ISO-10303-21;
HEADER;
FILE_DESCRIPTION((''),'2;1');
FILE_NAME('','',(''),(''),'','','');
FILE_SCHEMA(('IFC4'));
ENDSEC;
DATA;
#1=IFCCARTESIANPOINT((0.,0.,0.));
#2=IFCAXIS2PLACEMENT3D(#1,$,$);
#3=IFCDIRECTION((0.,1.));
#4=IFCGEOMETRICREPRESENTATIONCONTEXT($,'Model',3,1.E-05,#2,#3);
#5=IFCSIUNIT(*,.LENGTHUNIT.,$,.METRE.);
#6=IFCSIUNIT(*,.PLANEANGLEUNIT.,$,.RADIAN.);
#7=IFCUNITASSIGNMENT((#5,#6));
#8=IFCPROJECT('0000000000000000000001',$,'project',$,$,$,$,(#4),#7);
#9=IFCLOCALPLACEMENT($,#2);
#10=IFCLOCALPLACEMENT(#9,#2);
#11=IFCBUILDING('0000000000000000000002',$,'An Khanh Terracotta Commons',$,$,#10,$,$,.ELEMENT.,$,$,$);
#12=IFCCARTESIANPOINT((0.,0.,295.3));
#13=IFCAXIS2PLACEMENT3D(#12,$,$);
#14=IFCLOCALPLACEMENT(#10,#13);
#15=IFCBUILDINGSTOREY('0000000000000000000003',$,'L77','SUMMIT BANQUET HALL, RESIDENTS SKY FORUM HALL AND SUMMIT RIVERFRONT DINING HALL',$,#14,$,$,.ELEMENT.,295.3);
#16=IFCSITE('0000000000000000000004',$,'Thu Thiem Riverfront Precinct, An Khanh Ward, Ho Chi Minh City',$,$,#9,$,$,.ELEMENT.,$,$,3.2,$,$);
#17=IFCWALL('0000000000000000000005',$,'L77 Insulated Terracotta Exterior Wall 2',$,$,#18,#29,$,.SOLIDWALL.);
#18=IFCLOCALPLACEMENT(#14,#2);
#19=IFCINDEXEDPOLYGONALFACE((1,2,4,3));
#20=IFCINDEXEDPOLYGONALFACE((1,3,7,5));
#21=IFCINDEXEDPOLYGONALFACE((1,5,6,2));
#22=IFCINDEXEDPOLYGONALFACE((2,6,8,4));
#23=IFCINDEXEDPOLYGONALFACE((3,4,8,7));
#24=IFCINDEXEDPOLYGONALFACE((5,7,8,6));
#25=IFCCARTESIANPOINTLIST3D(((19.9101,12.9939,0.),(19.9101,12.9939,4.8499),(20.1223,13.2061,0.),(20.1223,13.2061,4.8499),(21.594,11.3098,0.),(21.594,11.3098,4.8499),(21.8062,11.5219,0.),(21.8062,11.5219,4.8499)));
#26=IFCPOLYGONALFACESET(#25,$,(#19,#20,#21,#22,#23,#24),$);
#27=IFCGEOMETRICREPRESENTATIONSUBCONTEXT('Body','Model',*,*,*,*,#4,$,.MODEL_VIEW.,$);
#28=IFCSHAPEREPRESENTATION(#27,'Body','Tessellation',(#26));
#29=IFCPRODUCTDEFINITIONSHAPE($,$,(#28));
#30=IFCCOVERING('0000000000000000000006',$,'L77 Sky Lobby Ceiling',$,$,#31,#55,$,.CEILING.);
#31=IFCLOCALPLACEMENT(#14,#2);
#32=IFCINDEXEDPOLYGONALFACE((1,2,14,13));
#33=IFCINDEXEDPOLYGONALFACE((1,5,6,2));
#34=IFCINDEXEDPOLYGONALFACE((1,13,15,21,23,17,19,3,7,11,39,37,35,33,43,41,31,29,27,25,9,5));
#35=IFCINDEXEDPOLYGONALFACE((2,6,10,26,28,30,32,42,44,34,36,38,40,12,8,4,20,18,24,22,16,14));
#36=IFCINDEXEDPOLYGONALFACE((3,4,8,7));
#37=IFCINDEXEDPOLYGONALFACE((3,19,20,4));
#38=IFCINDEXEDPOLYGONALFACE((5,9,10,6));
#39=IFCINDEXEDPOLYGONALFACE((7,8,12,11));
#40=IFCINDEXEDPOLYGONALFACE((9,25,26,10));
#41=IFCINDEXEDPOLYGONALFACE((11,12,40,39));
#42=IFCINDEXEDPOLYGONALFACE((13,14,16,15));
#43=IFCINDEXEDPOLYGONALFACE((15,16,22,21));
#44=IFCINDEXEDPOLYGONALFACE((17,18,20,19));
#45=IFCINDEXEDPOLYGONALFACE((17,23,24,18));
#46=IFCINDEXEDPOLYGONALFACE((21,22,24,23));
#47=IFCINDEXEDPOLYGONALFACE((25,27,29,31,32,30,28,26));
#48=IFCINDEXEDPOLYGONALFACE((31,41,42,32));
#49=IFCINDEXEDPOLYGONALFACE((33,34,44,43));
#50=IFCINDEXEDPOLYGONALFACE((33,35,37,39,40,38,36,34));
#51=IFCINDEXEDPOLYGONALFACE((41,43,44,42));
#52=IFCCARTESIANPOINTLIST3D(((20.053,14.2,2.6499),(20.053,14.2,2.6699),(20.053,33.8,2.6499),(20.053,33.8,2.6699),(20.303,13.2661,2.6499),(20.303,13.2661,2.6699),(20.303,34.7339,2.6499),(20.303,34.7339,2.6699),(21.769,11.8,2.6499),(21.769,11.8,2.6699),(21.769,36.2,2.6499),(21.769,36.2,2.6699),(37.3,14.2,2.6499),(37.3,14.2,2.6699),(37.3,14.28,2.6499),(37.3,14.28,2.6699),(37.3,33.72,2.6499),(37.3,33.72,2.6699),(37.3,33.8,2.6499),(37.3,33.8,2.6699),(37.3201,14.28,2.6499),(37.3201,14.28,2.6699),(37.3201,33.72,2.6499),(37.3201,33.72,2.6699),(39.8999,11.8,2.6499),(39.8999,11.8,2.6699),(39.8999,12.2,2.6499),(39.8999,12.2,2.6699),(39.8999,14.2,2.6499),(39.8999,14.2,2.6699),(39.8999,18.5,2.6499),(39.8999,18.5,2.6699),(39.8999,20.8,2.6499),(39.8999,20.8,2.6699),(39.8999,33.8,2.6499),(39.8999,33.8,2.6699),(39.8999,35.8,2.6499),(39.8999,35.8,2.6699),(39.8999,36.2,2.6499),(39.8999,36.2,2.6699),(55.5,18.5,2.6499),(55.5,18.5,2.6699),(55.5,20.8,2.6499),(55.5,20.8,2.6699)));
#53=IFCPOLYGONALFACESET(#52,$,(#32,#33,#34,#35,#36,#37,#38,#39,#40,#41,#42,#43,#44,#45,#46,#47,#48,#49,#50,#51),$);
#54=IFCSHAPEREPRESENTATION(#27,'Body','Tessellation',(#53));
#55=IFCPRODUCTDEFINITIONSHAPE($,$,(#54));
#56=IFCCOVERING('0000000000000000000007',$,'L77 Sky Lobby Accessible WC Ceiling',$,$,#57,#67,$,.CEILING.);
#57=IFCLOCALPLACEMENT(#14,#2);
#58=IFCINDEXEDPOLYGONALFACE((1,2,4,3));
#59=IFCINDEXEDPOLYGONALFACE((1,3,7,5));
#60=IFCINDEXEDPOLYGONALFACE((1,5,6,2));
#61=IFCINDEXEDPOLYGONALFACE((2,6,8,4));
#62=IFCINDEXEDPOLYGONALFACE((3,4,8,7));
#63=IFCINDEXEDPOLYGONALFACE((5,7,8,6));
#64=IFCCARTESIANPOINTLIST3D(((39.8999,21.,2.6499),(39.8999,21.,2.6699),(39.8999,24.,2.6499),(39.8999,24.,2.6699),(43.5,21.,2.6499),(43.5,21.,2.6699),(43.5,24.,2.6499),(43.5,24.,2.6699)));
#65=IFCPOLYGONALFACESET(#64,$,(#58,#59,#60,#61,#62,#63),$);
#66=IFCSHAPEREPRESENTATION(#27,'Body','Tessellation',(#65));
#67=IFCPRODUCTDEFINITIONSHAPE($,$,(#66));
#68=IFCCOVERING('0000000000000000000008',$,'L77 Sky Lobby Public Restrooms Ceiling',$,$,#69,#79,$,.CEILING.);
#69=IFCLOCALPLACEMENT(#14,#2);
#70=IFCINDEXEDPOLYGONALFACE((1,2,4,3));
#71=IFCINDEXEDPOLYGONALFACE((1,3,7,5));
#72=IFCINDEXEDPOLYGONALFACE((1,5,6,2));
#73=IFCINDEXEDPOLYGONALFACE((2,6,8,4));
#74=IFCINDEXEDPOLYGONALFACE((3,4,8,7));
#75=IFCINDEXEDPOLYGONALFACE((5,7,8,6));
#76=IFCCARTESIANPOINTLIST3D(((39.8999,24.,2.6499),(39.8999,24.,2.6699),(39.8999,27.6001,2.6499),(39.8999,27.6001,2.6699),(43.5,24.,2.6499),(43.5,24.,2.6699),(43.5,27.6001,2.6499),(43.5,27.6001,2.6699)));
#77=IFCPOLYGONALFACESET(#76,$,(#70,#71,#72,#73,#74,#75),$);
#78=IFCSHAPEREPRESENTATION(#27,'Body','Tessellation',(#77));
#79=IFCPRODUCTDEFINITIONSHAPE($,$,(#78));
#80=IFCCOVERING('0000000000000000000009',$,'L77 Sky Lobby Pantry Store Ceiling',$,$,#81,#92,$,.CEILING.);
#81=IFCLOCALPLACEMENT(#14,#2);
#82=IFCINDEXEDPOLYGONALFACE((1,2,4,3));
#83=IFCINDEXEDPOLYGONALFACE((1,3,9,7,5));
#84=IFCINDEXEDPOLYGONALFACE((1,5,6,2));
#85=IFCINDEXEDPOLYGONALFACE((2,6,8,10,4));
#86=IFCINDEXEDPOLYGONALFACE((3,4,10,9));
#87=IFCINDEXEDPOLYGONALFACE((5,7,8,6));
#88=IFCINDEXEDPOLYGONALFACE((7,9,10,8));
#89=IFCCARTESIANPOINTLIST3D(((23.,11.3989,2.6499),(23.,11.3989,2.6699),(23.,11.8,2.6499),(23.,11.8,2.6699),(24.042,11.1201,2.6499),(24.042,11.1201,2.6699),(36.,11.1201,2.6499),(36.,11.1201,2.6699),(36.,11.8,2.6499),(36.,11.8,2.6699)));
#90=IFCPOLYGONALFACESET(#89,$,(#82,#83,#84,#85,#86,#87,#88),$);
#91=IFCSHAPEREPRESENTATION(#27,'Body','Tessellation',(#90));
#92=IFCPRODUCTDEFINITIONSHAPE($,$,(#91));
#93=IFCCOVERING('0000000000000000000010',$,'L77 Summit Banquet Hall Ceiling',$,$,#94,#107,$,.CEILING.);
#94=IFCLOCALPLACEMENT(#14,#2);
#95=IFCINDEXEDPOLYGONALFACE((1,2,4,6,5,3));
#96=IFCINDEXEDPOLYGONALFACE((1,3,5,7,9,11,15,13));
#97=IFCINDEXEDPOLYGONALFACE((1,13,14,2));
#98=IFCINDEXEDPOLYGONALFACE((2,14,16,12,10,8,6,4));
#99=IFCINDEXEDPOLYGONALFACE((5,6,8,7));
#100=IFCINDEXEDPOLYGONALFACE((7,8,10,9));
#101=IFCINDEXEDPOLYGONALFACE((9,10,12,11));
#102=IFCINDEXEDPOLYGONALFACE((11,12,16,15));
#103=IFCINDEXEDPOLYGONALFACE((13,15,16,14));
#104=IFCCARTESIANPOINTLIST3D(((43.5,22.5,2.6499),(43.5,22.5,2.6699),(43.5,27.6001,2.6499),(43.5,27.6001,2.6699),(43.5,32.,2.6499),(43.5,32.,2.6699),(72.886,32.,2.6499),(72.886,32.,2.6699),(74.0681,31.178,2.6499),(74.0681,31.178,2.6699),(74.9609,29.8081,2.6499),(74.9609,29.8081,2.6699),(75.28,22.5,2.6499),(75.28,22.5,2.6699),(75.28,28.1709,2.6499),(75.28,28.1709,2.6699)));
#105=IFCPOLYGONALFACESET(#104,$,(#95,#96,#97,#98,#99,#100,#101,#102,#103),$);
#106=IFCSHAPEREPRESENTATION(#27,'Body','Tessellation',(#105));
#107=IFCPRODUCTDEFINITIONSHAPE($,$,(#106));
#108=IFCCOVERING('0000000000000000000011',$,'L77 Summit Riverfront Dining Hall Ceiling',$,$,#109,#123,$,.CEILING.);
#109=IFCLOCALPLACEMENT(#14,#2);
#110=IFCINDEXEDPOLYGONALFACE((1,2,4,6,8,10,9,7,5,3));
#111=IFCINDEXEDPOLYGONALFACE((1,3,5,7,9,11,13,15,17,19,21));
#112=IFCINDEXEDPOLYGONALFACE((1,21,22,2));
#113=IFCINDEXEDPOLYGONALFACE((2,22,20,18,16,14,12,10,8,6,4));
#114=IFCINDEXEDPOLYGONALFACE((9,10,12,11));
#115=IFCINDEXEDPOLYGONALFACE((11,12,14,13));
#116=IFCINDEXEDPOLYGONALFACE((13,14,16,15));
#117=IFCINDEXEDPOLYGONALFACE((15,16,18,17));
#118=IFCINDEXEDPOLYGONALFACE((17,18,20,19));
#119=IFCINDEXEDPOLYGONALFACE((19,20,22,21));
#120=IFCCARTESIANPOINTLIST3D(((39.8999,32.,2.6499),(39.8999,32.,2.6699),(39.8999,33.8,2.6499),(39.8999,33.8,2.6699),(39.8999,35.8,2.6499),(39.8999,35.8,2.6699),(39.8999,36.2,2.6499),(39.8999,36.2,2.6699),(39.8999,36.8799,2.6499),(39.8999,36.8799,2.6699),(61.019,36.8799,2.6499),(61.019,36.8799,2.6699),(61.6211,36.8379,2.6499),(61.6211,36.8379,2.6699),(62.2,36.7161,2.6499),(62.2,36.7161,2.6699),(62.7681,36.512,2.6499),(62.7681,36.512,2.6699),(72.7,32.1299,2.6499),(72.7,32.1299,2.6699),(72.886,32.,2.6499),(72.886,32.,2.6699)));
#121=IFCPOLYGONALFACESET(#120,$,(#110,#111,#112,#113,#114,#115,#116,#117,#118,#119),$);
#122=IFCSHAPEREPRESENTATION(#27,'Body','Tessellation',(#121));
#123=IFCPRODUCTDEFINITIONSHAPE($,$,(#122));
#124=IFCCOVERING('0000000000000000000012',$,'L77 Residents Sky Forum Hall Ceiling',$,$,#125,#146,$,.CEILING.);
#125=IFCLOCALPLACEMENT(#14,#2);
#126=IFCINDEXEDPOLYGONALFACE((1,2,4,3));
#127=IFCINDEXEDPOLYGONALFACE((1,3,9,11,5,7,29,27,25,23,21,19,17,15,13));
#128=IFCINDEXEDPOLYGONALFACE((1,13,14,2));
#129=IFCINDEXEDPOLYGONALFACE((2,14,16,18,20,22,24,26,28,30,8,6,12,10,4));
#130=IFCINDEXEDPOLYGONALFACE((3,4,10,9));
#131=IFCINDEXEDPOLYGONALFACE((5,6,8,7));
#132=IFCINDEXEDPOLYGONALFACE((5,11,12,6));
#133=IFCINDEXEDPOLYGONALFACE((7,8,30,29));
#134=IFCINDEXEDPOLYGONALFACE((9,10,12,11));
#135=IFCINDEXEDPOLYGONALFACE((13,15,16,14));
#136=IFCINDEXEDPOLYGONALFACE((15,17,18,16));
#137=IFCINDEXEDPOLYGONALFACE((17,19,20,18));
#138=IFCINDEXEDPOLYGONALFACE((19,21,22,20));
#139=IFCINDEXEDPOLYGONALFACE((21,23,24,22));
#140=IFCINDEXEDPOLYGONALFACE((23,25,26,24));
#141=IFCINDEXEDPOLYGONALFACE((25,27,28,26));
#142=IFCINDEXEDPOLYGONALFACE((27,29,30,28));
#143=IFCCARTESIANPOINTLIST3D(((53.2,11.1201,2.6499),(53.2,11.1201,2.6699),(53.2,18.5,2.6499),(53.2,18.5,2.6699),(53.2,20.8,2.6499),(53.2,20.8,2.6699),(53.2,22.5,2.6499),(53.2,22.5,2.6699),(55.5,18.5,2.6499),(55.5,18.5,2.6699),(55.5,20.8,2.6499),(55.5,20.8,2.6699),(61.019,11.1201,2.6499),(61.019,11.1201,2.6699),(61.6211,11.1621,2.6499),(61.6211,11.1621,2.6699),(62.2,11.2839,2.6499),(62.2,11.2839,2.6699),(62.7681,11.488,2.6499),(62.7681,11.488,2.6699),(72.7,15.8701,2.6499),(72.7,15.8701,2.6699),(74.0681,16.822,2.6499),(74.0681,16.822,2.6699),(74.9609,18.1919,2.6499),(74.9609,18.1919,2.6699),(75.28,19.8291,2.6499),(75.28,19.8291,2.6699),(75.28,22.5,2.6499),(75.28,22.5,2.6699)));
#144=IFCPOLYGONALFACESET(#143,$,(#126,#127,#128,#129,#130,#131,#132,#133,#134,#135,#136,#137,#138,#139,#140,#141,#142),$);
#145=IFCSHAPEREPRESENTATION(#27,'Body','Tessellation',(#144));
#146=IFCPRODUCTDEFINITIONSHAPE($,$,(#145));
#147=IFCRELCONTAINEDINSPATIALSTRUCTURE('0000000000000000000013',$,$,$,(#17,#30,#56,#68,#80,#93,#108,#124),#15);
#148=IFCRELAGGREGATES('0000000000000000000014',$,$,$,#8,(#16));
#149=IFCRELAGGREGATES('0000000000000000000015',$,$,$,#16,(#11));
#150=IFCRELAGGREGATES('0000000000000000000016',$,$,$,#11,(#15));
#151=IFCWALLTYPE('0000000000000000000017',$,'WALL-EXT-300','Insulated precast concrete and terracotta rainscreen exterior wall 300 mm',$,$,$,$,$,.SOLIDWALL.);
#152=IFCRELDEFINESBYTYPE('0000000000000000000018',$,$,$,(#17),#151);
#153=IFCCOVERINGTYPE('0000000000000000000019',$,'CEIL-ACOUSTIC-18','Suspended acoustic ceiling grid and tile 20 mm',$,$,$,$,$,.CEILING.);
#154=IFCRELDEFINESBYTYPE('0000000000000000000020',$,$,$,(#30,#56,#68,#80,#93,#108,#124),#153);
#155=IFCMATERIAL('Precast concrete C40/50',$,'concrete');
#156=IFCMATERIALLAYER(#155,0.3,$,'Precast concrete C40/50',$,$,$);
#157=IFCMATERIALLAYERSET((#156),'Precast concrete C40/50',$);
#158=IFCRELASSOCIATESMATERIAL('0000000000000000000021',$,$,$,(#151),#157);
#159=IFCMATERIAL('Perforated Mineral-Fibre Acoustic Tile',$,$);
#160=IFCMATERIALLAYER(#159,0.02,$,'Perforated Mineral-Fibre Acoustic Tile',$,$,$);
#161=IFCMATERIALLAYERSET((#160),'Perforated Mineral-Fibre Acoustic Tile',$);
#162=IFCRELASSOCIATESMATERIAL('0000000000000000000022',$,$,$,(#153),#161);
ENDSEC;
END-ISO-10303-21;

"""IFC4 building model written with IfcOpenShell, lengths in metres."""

from ifc_helpers import new_model, si_unit, direction, frame, frame_2d, origin, place, context, subcontext, project, spatial, polyline, rectangle, outline, extrude, material, layer, layer_set, type_object, element, save


model = new_model("IFC4")

# Units and contexts
model_context = context("Model", 3, precision=1e-05, world=origin(), true_north=direction((0.0, 1.0)))
body_context = subcontext(model_context, "Body", "Model", "MODEL_VIEW")
ifc_project = project(units=[si_unit("LENGTHUNIT", "METRE"), si_unit("PLANEANGLEUNIT", "RADIAN")], contexts=[model_context])

# Site, building, storey
site_placement = place(None, origin())
site = spatial("IfcSite", under=ifc_project, at=site_placement, Name="Thu Thiem Riverfront Precinct, An Khanh Ward, Ho Chi Minh City", CompositionType="ELEMENT", RefElevation=3.2)
building_placement = place(site_placement, origin())
building = spatial("IfcBuilding", under=site, at=building_placement, Name="An Khanh Terracotta Commons", CompositionType="ELEMENT")
storey_placement = place(building_placement, frame((0.0, 0.0, 295.3)))
storey = spatial("IfcBuildingStorey", under=building, at=storey_placement, Name="L77", Description="SUMMIT BANQUET HALL, RESIDENTS SKY FORUM HALL AND SUMMIT RIVERFRONT DINING HALL", CompositionType="ELEMENT", Elevation=295.3)

# Shared definitions
ifc_material_1 = material(Name="Precast concrete C40/50", Category="concrete")

# Wall
ifc_layer_1 = layer(ifc_material_1, 0.3, Name="Precast concrete C40/50")
ifc_layer_set_1 = layer_set([ifc_layer_1], Name="Precast concrete C40/50")
wall_type = type_object("IfcWallType", Name="WALL-EXT-300", Description="Insulated precast concrete and terracotta rainscreen exterior wall 300 mm", PredefinedType="SOLIDWALL", material=ifc_layer_set_1)
wall_1_placement = place(storey_placement, frame((20.0161, 13.1001, 0.0), z_axis=(0.0, 0.0, 1.0), x_axis=(0.707056, -0.707158, 0.0)))
element("IfcWall", 1, at=wall_1_placement, inside=storey, type_object=wall_type, Name="L77 Insulated Terracotta Exterior Wall 2", PredefinedType="SOLIDWALL", context=body_context, shape_type="SweptSolid", body=[
    extrude(rectangle(XDim=2.3816, YDim=0.3, at=frame_2d((1.1909, 0.0))), origin(), (0.0, 0.0, 1.0), 4.8499),
])

# Coverings
ifc_material_2 = material(Name="Perforated Mineral-Fibre Acoustic Tile")
ifc_layer_2 = layer(ifc_material_2, 0.02, Name="Perforated Mineral-Fibre Acoustic Tile")
ifc_layer_set_2 = layer_set([ifc_layer_2], Name="Perforated Mineral-Fibre Acoustic Tile")
covering_type = type_object("IfcCoveringType", Name="CEIL-ACOUSTIC-18", Description="Suspended acoustic ceiling grid and tile 20 mm", PredefinedType="CEILING", material=ifc_layer_set_2)
covering_1_placement = place(storey_placement, frame((0.0, 0.0, 2.6499)))
element("IfcCovering", 2, at=covering_1_placement, inside=storey, type_object=covering_type, Name="L77 Sky Lobby Ceiling", PredefinedType="CEILING", context=body_context, shape_type="SweptSolid", body=[
    extrude(outline(polyline([(37.3, 14.2), (37.3, 14.28), (37.3201, 14.28), (37.3201, 33.72), (37.3, 33.72), (37.3, 33.8), (20.053, 33.8), (20.303, 34.7339), (21.769, 36.2), (39.8999, 36.2), (39.8999, 35.8), (39.8999, 33.8), (39.8999, 20.8), (55.5, 20.8), (55.5, 18.5), (39.8999, 18.5), (39.8999, 14.2), (39.8999, 12.2), (39.8999, 11.8), (21.769, 11.8), (20.303, 13.2661), (20.053, 14.2), (37.3, 14.2)])), origin(), (0.0, 0.0, 1.0), 0.02),
])
covering_2_placement = place(storey_placement, frame((0.0, 0.0, 2.6499)))
element("IfcCovering", 3, at=covering_2_placement, inside=storey, type_object=covering_type, Name="L77 Sky Lobby Accessible WC Ceiling", PredefinedType="CEILING", context=body_context, shape_type="SweptSolid", body=[
    extrude(outline(polyline([(39.8999, 24.0), (43.5, 24.0), (43.5, 21.0), (39.8999, 21.0), (39.8999, 24.0)])), origin(), (0.0, 0.0, 1.0), 0.02),
])
covering_3_placement = place(storey_placement, frame((0.0, 0.0, 2.6499)))
element("IfcCovering", 4, at=covering_3_placement, inside=storey, type_object=covering_type, Name="L77 Sky Lobby Public Restrooms Ceiling", PredefinedType="CEILING", context=body_context, shape_type="SweptSolid", body=[
    extrude(outline(polyline([(39.8999, 27.6001), (43.5, 27.6001), (43.5, 24.0), (39.8999, 24.0), (39.8999, 27.6001)])), origin(), (0.0, 0.0, 1.0), 0.02),
])
covering_4_placement = place(storey_placement, frame((0.0, 0.0, 2.6499)))
element("IfcCovering", 5, at=covering_4_placement, inside=storey, type_object=covering_type, Name="L77 Sky Lobby Pantry Store Ceiling", PredefinedType="CEILING", context=body_context, shape_type="SweptSolid", body=[
    extrude(outline(polyline([(24.042, 11.1201), (23.0, 11.3989), (23.0, 11.8), (36.0, 11.8), (36.0, 11.1201), (24.042, 11.1201)])), origin(), (0.0, 0.0, 1.0), 0.02),
])
covering_5_placement = place(storey_placement, frame((0.0, 0.0, 2.6499)))
element("IfcCovering", 6, at=covering_5_placement, inside=storey, type_object=covering_type, Name="L77 Summit Banquet Hall Ceiling", PredefinedType="CEILING", context=body_context, shape_type="SweptSolid", body=[
    extrude(outline(polyline([(74.0681, 31.178), (74.9609, 29.8081), (75.28, 28.1709), (75.28, 22.5), (43.5, 22.5), (43.5, 27.6001), (43.5, 32.0), (72.886, 32.0), (74.0681, 31.178)])), origin(), (0.0, 0.0, 1.0), 0.02),
])
covering_6_placement = place(storey_placement, frame((0.0, 0.0, 2.6499)))
element("IfcCovering", 7, at=covering_6_placement, inside=storey, type_object=covering_type, Name="L77 Summit Riverfront Dining Hall Ceiling", PredefinedType="CEILING", context=body_context, shape_type="SweptSolid", body=[
    extrude(outline(polyline([(61.019, 36.8799), (61.6211, 36.8379), (62.2, 36.7161), (62.7681, 36.512), (72.7, 32.1299), (72.886, 32.0), (39.8999, 32.0), (39.8999, 33.8), (39.8999, 35.8), (39.8999, 36.2), (39.8999, 36.8799), (61.019, 36.8799)])), origin(), (0.0, 0.0, 1.0), 0.02),
])
covering_7_placement = place(storey_placement, frame((0.0, 0.0, 2.6499)))
element("IfcCovering", 8, at=covering_7_placement, inside=storey, type_object=covering_type, Name="L77 Residents Sky Forum Hall Ceiling", PredefinedType="CEILING", context=body_context, shape_type="SweptSolid", body=[
    extrude(outline(polyline([(75.28, 19.8291), (74.9609, 18.1919), (74.0681, 16.822), (72.7, 15.8701), (62.7681, 11.488), (62.2, 11.2839), (61.6211, 11.1621), (61.019, 11.1201), (53.2, 11.1201), (53.2, 18.5), (55.5, 18.5), (55.5, 20.8), (53.2, 20.8), (53.2, 22.5), (75.28, 22.5), (75.28, 19.8291)])), origin(), (0.0, 0.0, 1.0), 0.02),
])

save(model, "model.ifc")
